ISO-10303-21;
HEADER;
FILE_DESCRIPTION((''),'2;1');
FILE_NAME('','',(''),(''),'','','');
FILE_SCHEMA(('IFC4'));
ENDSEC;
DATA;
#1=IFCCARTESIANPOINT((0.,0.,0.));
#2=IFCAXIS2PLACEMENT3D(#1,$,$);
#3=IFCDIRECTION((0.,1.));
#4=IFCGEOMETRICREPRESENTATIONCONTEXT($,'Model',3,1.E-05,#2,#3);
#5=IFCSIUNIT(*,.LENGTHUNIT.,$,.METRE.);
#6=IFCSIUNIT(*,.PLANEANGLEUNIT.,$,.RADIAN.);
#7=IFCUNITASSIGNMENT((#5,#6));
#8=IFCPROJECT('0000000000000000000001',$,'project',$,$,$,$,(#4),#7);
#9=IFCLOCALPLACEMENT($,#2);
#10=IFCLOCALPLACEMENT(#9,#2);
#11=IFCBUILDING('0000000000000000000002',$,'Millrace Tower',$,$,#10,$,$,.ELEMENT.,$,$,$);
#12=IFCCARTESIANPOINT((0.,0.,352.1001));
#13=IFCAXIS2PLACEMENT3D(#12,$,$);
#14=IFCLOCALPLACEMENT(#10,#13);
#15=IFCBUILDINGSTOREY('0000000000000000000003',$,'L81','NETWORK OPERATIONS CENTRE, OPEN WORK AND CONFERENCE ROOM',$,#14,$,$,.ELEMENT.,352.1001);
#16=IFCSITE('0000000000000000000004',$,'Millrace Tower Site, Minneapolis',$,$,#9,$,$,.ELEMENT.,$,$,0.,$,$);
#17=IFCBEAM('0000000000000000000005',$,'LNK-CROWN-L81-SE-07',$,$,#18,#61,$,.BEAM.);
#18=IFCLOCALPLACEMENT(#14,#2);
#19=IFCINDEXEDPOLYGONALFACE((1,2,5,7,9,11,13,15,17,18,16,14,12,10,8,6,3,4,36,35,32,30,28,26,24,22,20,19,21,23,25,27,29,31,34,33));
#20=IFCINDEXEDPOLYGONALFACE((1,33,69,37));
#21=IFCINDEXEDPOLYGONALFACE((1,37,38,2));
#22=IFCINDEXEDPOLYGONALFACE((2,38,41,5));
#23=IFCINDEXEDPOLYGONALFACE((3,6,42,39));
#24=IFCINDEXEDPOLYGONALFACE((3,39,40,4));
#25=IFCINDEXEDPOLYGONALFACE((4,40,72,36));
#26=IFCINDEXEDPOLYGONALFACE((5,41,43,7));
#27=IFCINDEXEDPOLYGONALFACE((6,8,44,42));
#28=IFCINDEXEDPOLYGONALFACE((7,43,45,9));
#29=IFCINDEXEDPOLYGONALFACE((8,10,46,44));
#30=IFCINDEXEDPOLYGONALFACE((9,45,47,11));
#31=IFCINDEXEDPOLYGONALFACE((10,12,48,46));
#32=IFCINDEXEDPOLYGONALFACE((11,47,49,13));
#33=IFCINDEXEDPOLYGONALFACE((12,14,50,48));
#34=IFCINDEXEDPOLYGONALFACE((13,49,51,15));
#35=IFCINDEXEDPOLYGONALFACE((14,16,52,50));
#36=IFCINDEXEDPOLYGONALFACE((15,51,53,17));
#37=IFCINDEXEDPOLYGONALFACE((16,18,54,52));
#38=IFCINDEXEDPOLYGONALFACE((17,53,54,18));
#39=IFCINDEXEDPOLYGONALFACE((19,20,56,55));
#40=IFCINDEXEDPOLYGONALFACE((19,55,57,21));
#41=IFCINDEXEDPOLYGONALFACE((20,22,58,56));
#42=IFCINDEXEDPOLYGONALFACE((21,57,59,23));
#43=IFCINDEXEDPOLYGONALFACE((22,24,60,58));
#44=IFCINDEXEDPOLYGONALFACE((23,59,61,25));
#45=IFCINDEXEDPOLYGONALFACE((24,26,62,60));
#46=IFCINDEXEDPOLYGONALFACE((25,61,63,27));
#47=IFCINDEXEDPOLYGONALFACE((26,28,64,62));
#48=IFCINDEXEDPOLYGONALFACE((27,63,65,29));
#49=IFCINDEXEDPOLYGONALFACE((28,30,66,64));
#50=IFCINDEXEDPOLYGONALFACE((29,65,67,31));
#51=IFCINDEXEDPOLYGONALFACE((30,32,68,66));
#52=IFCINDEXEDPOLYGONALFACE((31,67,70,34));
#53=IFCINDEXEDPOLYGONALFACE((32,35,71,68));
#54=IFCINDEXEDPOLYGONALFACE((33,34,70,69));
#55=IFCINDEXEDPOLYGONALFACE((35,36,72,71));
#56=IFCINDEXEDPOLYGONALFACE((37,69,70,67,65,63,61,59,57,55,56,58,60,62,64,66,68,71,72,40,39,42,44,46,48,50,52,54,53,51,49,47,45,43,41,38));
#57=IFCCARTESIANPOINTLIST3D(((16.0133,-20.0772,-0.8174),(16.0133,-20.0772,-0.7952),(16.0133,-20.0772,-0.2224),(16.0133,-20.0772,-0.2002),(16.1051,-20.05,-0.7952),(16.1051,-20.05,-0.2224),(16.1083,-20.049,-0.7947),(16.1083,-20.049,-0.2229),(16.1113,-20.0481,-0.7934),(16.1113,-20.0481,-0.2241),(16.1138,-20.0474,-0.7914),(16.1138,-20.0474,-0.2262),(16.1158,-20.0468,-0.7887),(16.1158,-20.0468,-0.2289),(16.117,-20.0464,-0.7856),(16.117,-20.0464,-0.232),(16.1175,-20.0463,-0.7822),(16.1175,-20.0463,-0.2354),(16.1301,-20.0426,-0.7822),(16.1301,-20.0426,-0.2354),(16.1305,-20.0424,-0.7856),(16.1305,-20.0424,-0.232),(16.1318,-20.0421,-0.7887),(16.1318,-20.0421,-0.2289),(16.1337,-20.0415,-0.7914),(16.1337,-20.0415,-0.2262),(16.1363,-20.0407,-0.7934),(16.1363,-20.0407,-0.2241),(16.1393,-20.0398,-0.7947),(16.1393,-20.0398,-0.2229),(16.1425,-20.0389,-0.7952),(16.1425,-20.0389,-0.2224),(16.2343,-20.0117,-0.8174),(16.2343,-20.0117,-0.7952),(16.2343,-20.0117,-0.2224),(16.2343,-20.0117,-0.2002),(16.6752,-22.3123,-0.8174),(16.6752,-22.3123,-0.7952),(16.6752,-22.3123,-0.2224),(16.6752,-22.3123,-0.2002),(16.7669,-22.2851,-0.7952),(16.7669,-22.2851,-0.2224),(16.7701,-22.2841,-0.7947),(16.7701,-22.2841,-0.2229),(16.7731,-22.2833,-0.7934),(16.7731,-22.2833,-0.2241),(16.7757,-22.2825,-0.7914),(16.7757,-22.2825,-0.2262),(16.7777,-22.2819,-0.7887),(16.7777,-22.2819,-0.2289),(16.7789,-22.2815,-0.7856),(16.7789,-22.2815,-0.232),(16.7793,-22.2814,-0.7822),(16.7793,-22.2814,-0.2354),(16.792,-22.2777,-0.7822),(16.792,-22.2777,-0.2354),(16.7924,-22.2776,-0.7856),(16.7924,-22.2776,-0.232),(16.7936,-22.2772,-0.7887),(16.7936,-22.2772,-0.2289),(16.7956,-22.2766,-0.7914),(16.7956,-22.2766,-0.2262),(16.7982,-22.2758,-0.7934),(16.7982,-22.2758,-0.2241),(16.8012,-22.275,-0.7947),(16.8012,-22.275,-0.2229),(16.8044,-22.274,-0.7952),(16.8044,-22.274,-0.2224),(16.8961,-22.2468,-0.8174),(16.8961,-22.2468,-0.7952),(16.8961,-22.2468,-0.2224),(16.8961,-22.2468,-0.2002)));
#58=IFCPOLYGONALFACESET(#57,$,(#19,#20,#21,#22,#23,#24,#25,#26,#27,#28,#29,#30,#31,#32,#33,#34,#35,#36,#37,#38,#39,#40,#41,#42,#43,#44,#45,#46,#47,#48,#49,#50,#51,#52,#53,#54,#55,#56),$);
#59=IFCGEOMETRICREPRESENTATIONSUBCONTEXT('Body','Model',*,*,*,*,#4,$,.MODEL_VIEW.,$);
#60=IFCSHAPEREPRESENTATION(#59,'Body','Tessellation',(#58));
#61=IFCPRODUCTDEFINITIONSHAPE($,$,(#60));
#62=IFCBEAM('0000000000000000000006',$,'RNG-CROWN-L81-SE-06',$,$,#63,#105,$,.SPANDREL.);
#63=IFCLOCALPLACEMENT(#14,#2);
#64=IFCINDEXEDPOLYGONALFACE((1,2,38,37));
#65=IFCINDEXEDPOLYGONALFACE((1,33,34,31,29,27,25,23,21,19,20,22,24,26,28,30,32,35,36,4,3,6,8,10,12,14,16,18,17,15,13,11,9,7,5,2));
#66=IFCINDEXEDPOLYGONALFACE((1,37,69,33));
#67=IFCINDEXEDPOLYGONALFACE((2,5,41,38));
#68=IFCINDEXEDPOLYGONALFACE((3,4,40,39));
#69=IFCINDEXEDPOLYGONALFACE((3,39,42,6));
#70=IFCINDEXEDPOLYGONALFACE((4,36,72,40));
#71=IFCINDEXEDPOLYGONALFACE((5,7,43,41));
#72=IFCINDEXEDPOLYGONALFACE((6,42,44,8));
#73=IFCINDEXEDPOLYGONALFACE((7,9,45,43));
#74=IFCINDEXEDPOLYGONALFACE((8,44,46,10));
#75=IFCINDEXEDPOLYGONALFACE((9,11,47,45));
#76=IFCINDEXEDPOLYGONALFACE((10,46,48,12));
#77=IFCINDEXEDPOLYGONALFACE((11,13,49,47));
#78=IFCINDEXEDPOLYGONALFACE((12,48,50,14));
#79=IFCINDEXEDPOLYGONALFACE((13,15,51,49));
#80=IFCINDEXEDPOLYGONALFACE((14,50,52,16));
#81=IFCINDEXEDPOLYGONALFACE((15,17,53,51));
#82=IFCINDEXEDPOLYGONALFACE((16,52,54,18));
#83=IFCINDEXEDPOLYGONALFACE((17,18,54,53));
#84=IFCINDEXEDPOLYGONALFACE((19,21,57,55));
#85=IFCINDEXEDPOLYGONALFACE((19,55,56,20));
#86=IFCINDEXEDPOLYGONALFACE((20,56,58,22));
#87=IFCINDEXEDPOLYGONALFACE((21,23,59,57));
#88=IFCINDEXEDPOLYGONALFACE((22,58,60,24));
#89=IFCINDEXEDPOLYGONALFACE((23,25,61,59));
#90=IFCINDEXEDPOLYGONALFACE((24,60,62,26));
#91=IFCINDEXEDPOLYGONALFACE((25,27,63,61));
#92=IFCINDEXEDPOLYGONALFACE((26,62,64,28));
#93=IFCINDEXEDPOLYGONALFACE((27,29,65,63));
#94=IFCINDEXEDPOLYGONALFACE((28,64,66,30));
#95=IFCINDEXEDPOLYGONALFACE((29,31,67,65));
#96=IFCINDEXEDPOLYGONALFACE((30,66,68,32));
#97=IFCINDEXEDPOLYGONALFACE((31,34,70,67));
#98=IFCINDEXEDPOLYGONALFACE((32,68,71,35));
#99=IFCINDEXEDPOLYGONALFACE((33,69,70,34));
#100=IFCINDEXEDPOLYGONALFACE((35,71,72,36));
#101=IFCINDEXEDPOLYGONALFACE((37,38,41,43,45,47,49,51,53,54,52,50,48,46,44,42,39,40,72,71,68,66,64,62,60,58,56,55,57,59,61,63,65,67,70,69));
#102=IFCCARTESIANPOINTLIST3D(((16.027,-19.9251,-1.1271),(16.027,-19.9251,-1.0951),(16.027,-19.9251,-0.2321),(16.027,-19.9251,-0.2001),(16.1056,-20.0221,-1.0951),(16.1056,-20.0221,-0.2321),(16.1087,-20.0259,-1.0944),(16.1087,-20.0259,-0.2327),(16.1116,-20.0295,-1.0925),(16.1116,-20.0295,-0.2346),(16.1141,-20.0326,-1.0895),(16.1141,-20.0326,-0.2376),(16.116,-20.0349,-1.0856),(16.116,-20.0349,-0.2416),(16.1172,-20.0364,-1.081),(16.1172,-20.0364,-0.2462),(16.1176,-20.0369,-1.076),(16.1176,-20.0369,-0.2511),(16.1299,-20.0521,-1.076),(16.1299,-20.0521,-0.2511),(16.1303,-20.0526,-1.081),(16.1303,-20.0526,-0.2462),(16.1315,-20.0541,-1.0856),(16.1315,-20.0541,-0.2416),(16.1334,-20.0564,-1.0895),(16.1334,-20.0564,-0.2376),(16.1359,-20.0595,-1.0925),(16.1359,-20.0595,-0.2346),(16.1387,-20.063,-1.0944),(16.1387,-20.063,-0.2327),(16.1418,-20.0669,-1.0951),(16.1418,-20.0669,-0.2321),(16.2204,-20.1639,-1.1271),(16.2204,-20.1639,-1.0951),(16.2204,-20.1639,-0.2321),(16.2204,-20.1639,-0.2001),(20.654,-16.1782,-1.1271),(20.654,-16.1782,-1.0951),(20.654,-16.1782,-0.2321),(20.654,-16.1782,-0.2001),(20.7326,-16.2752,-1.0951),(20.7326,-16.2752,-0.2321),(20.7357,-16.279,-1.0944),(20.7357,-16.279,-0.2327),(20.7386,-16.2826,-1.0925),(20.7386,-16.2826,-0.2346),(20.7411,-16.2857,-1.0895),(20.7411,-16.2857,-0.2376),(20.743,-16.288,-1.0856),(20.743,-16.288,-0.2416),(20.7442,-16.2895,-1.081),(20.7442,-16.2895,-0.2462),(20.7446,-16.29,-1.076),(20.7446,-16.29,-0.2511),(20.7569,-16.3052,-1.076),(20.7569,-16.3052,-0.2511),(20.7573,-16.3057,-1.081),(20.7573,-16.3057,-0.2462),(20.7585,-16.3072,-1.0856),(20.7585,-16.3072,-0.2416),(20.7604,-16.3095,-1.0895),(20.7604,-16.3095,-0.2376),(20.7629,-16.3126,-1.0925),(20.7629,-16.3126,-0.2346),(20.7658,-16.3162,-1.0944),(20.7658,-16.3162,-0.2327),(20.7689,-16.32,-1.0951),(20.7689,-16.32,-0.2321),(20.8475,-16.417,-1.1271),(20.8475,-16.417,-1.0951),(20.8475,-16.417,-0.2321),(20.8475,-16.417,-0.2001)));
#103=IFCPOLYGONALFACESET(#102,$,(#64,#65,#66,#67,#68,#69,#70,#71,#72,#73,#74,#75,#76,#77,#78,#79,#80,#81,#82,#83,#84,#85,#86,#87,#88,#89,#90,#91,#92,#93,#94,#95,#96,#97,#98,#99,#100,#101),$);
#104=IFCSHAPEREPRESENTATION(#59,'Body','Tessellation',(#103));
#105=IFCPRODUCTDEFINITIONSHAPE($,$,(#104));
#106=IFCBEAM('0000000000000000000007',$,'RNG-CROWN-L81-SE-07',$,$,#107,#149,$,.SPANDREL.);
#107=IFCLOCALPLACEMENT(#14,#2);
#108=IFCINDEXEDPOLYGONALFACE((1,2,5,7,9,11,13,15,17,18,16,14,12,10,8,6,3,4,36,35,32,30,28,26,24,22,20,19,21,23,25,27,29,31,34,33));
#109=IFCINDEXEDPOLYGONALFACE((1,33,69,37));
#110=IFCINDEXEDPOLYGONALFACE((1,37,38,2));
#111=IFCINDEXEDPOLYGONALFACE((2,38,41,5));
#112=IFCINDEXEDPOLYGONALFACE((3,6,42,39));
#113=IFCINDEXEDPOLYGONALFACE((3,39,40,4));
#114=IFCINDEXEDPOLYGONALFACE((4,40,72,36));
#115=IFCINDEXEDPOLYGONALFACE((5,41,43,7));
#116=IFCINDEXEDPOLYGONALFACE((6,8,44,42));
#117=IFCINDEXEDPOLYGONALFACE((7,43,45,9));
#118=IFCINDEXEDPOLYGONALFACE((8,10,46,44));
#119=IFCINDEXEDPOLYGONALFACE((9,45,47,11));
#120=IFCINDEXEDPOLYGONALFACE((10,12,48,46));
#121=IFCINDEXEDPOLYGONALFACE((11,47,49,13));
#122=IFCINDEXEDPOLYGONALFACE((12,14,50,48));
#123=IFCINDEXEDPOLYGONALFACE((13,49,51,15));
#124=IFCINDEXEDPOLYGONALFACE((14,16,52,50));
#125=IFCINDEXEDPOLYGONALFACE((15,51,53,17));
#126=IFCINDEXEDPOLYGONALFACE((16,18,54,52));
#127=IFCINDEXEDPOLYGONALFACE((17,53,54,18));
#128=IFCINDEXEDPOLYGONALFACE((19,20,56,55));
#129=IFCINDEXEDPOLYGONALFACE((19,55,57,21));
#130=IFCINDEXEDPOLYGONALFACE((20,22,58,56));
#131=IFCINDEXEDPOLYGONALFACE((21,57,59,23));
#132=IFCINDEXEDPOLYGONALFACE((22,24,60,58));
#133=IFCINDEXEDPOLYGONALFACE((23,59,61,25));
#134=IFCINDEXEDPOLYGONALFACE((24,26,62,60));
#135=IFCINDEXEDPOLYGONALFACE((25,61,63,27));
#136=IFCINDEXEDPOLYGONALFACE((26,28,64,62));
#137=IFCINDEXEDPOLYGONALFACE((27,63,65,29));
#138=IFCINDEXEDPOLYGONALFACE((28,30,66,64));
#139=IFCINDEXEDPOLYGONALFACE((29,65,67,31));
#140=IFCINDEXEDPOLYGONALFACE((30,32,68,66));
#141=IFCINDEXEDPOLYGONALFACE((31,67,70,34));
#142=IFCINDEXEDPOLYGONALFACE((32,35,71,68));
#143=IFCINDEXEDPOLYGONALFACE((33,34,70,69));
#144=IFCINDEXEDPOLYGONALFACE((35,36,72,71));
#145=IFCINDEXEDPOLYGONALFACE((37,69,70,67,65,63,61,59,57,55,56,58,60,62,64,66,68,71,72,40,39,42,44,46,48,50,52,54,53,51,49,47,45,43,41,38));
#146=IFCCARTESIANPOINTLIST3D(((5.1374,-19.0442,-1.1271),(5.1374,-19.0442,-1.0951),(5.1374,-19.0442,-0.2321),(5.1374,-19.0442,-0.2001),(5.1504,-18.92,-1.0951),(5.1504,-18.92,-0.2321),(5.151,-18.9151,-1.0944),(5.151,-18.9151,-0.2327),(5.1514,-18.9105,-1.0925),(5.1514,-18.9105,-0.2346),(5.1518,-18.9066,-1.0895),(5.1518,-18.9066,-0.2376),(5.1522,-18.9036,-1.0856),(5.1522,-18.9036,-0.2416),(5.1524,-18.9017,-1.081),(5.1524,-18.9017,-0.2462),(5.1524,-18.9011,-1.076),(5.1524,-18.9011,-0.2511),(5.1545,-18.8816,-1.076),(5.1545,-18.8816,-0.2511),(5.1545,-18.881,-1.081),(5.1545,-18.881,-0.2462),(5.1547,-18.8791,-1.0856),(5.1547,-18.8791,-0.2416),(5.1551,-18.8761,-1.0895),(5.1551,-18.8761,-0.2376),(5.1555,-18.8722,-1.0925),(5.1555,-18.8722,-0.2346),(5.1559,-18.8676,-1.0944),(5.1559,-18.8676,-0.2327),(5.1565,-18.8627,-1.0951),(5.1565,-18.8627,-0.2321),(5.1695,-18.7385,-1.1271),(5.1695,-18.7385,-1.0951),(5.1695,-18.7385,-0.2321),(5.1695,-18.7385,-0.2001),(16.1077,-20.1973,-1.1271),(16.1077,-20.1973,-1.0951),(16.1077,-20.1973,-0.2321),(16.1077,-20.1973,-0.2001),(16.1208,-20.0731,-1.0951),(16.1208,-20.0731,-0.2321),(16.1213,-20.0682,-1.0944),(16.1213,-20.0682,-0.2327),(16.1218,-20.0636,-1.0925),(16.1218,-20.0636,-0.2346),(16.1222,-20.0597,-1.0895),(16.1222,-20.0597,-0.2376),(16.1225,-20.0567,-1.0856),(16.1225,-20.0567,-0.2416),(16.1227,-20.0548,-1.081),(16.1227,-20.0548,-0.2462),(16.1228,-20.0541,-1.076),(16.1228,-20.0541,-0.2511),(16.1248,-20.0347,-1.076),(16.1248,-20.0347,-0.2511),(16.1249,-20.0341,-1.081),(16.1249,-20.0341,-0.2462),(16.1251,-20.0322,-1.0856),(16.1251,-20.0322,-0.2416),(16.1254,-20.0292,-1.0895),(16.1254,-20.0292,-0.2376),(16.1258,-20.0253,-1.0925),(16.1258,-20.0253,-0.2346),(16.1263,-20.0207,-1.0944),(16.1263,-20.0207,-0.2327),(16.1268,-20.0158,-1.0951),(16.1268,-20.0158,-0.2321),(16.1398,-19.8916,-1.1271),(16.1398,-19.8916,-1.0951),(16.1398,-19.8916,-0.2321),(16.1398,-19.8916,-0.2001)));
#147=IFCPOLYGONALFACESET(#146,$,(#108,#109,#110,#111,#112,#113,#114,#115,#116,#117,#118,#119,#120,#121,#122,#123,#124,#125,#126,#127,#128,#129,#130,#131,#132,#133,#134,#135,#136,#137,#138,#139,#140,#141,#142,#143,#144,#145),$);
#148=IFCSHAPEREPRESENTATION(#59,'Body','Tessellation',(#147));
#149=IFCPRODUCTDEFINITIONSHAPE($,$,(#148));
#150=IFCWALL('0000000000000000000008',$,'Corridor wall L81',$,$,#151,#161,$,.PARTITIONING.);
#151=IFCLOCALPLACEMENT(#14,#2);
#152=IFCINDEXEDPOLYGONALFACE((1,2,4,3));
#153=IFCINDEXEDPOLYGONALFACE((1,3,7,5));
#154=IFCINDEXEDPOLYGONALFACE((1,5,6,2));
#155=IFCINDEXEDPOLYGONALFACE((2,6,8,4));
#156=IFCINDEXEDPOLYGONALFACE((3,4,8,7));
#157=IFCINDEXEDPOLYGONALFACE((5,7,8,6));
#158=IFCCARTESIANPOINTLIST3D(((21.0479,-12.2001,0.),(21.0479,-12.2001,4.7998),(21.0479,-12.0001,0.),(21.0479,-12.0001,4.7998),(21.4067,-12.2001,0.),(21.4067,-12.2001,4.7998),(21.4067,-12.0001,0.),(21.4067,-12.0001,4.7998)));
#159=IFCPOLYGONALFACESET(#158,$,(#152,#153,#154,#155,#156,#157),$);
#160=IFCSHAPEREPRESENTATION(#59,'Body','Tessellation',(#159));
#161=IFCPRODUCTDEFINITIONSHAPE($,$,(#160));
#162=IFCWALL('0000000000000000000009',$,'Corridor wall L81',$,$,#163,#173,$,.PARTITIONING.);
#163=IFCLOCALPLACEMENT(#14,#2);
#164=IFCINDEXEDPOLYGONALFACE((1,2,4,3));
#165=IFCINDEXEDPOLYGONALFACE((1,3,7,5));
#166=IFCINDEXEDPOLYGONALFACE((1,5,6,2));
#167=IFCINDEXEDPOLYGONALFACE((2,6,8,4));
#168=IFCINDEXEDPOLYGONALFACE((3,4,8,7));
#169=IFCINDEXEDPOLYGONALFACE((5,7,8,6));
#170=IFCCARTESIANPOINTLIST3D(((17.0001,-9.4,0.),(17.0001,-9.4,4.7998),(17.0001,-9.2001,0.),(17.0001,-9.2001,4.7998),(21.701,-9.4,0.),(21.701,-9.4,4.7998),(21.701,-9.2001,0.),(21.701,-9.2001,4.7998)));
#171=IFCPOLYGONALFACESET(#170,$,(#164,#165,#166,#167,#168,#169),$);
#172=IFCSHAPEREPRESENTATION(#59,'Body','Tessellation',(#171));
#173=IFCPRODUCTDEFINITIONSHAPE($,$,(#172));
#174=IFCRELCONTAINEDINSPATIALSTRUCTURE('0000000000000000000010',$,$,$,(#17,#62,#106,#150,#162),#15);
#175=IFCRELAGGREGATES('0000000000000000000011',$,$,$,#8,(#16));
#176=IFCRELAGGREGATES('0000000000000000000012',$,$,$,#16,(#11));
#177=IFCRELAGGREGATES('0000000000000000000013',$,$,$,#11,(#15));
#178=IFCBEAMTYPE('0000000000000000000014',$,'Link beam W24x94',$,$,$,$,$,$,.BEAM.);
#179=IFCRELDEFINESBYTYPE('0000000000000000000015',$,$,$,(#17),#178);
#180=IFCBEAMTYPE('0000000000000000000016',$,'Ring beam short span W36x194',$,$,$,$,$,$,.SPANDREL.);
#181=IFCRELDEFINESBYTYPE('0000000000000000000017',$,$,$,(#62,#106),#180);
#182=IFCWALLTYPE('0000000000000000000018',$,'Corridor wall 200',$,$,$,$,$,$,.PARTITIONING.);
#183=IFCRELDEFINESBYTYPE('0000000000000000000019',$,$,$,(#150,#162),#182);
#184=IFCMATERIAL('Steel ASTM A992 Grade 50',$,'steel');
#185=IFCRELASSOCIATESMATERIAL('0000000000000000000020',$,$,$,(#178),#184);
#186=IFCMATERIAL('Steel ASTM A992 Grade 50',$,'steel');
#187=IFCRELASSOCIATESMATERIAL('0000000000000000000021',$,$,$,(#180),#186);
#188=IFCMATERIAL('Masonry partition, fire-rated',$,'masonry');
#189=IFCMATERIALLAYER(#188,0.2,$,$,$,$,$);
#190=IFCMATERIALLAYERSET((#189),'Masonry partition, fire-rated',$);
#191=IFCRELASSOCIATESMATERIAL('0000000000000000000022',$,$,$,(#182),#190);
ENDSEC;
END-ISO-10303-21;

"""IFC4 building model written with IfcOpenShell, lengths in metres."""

from ifc_helpers import new_model, si_unit, direction, frame, frame_2d, origin, origin_2d, place, context, subcontext, project, spatial, rectangle, i_section, extrude, material, layer, layer_set, material_profile, profile_set, type_object, element, save


model = new_model("IFC4")

# Units and contexts
model_context = context("Model", 3, precision=1e-05, world=origin(), true_north=direction((0.0, 1.0)))
body_context = subcontext(model_context, "Body", "Model", "MODEL_VIEW")
ifc_project = project(units=[si_unit("LENGTHUNIT", "METRE"), si_unit("PLANEANGLEUNIT", "RADIAN")], contexts=[model_context])

# Site, building, storey
site_placement = place(None, origin())
site = spatial("IfcSite", under=ifc_project, at=site_placement, Name="Millrace Tower Site, Minneapolis", CompositionType="ELEMENT", RefElevation=0.0)
building_placement = place(site_placement, origin())
building = spatial("IfcBuilding", under=site, at=building_placement, Name="Millrace Tower", CompositionType="ELEMENT")
storey_placement = place(building_placement, frame((0.0, 0.0, 352.1001)))
storey = spatial("IfcBuildingStorey", under=building, at=storey_placement, Name="L81", Description="NETWORK OPERATIONS CENTRE, OPEN WORK AND CONFERENCE ROOM", CompositionType="ELEMENT", Elevation=352.1001)

# Beams
ifc_material_1 = material(Name="Steel ASTM A992 Grade 50", Category="steel")
ifc_material_profile_1 = material_profile(ifc_material_1, i_section(OverallWidth=0.2305, OverallDepth=0.6172, WebThickness=0.0132, FlangeThickness=0.0222, FilletRadius=0.0129, at=origin_2d()))
ifc_profile_set_1 = profile_set([ifc_material_profile_1], Name="Steel ASTM A992 Grade 50")
beam_type_1 = type_object("IfcBeamType", Name="Link beam W24x94", PredefinedType="BEAM", material=ifc_profile_set_1)
for number, where, z_axis, x_axis, name in (
    (1, (16.1238, -20.0444, -0.5088), (0.283935, -0.958844, 0.0), (0.958844, 0.283935, 0.0), "LNK-CROWN-L81-SE-07"),
):
    element("IfcBeam", number, at=place(storey_placement, frame(where, z_axis=z_axis, x_axis=x_axis)), inside=storey, type_object=beam_type_1, Name=name, PredefinedType="BEAM", context=body_context, shape_type="SweptSolid", body=[
        extrude(i_section(OverallWidth=0.2305, OverallDepth=0.6172, WebThickness=0.0132, FlangeThickness=0.0222, FilletRadius=0.0129, at=origin_2d()), origin(), (0.0, 0.0, 1.0), 2.3311),
    ])
ifc_material_2 = material(Name="Steel ASTM A992 Grade 50", Category="steel")
ifc_material_profile_2 = material_profile(ifc_material_2, i_section(OverallWidth=0.3074, OverallDepth=0.927, WebThickness=0.0195, FlangeThickness=0.032, FilletRadius=0.019, at=origin_2d()))
ifc_profile_set_2 = profile_set([ifc_material_profile_2], Name="Steel ASTM A992 Grade 50")
beam_type_2 = type_object("IfcBeamType", Name="Ring beam short span W36x194", PredefinedType="SPANDREL", material=ifc_profile_set_2)
beam_1_placement = place(storey_placement, frame((20.7507, -16.2976, -0.6636), z_axis=(-0.777147, -0.62932, 0.0), x_axis=(0.62932, -0.777147, 0.0)))
element("IfcBeam", 2, at=beam_1_placement, inside=storey, type_object=beam_type_2, Name="RNG-CROWN-L81-SE-06", PredefinedType="SPANDREL", context=body_context, shape_type="SweptSolid", body=[
    extrude(i_section(OverallWidth=0.3074, OverallDepth=0.927, WebThickness=0.0195, FlangeThickness=0.032, FilletRadius=0.019, at=origin_2d()), origin(), (0.0, 0.0, 1.0), 5.9539),
])
beam_2_placement = place(storey_placement, frame((16.1238, -20.0444, -0.6636), z_axis=(-0.994521, 0.104534, 0.0), x_axis=(-0.104534, -0.994521, 0.0)))
element("IfcBeam", 3, at=beam_2_placement, inside=storey, type_object=beam_type_2, Name="RNG-CROWN-L81-SE-07", PredefinedType="SPANDREL", context=body_context, shape_type="SweptSolid", body=[
    extrude(i_section(OverallWidth=0.3074, OverallDepth=0.927, WebThickness=0.0195, FlangeThickness=0.032, FilletRadius=0.019, at=origin_2d()), origin(), (0.0, 0.0, 1.0), 11.0308),
])

# Walls
ifc_material_3 = material(Name="Masonry partition, fire-rated", Category="masonry")
ifc_layer_1 = layer(ifc_material_3, 0.2)
ifc_layer_set_1 = layer_set([ifc_layer_1], Name="Masonry partition, fire-rated")
wall_type_1 = type_object("IfcWallType", Name="Corridor wall 200", PredefinedType="PARTITIONING", material=ifc_layer_set_1)
wall_1_placement = place(storey_placement, frame((21.0479, -12.1001, 0.0), z_axis=(0.0, 0.0, 1.0), x_axis=(1.0, 0.0, 0.0)))
element("IfcWall", 4, at=wall_1_placement, inside=storey, type_object=wall_type_1, Name="Corridor wall L81", PredefinedType="PARTITIONING", context=body_context, shape_type="SweptSolid", body=[
    extrude(rectangle(XDim=0.3589, YDim=0.2, at=frame_2d((0.1794, 0.0))), origin(), (0.0, 0.0, 1.0), 4.7998),
])
wall_2_placement = place(storey_placement, frame((17.0, -9.3, 0.0), z_axis=(0.0, 0.0, 1.0), x_axis=(1.0, 0.0, 0.0)))
element("IfcWall", 5, at=wall_2_placement, inside=storey, type_object=wall_type_1, Name="Corridor wall L81", PredefinedType="PARTITIONING", context=body_context, shape_type="SweptSolid", body=[
    extrude(rectangle(XDim=4.7009, YDim=0.2, at=frame_2d((2.3506, 0.0))), origin(), (0.0, 0.0, 1.0), 4.7998),
])

save(model, "model.ifc")
